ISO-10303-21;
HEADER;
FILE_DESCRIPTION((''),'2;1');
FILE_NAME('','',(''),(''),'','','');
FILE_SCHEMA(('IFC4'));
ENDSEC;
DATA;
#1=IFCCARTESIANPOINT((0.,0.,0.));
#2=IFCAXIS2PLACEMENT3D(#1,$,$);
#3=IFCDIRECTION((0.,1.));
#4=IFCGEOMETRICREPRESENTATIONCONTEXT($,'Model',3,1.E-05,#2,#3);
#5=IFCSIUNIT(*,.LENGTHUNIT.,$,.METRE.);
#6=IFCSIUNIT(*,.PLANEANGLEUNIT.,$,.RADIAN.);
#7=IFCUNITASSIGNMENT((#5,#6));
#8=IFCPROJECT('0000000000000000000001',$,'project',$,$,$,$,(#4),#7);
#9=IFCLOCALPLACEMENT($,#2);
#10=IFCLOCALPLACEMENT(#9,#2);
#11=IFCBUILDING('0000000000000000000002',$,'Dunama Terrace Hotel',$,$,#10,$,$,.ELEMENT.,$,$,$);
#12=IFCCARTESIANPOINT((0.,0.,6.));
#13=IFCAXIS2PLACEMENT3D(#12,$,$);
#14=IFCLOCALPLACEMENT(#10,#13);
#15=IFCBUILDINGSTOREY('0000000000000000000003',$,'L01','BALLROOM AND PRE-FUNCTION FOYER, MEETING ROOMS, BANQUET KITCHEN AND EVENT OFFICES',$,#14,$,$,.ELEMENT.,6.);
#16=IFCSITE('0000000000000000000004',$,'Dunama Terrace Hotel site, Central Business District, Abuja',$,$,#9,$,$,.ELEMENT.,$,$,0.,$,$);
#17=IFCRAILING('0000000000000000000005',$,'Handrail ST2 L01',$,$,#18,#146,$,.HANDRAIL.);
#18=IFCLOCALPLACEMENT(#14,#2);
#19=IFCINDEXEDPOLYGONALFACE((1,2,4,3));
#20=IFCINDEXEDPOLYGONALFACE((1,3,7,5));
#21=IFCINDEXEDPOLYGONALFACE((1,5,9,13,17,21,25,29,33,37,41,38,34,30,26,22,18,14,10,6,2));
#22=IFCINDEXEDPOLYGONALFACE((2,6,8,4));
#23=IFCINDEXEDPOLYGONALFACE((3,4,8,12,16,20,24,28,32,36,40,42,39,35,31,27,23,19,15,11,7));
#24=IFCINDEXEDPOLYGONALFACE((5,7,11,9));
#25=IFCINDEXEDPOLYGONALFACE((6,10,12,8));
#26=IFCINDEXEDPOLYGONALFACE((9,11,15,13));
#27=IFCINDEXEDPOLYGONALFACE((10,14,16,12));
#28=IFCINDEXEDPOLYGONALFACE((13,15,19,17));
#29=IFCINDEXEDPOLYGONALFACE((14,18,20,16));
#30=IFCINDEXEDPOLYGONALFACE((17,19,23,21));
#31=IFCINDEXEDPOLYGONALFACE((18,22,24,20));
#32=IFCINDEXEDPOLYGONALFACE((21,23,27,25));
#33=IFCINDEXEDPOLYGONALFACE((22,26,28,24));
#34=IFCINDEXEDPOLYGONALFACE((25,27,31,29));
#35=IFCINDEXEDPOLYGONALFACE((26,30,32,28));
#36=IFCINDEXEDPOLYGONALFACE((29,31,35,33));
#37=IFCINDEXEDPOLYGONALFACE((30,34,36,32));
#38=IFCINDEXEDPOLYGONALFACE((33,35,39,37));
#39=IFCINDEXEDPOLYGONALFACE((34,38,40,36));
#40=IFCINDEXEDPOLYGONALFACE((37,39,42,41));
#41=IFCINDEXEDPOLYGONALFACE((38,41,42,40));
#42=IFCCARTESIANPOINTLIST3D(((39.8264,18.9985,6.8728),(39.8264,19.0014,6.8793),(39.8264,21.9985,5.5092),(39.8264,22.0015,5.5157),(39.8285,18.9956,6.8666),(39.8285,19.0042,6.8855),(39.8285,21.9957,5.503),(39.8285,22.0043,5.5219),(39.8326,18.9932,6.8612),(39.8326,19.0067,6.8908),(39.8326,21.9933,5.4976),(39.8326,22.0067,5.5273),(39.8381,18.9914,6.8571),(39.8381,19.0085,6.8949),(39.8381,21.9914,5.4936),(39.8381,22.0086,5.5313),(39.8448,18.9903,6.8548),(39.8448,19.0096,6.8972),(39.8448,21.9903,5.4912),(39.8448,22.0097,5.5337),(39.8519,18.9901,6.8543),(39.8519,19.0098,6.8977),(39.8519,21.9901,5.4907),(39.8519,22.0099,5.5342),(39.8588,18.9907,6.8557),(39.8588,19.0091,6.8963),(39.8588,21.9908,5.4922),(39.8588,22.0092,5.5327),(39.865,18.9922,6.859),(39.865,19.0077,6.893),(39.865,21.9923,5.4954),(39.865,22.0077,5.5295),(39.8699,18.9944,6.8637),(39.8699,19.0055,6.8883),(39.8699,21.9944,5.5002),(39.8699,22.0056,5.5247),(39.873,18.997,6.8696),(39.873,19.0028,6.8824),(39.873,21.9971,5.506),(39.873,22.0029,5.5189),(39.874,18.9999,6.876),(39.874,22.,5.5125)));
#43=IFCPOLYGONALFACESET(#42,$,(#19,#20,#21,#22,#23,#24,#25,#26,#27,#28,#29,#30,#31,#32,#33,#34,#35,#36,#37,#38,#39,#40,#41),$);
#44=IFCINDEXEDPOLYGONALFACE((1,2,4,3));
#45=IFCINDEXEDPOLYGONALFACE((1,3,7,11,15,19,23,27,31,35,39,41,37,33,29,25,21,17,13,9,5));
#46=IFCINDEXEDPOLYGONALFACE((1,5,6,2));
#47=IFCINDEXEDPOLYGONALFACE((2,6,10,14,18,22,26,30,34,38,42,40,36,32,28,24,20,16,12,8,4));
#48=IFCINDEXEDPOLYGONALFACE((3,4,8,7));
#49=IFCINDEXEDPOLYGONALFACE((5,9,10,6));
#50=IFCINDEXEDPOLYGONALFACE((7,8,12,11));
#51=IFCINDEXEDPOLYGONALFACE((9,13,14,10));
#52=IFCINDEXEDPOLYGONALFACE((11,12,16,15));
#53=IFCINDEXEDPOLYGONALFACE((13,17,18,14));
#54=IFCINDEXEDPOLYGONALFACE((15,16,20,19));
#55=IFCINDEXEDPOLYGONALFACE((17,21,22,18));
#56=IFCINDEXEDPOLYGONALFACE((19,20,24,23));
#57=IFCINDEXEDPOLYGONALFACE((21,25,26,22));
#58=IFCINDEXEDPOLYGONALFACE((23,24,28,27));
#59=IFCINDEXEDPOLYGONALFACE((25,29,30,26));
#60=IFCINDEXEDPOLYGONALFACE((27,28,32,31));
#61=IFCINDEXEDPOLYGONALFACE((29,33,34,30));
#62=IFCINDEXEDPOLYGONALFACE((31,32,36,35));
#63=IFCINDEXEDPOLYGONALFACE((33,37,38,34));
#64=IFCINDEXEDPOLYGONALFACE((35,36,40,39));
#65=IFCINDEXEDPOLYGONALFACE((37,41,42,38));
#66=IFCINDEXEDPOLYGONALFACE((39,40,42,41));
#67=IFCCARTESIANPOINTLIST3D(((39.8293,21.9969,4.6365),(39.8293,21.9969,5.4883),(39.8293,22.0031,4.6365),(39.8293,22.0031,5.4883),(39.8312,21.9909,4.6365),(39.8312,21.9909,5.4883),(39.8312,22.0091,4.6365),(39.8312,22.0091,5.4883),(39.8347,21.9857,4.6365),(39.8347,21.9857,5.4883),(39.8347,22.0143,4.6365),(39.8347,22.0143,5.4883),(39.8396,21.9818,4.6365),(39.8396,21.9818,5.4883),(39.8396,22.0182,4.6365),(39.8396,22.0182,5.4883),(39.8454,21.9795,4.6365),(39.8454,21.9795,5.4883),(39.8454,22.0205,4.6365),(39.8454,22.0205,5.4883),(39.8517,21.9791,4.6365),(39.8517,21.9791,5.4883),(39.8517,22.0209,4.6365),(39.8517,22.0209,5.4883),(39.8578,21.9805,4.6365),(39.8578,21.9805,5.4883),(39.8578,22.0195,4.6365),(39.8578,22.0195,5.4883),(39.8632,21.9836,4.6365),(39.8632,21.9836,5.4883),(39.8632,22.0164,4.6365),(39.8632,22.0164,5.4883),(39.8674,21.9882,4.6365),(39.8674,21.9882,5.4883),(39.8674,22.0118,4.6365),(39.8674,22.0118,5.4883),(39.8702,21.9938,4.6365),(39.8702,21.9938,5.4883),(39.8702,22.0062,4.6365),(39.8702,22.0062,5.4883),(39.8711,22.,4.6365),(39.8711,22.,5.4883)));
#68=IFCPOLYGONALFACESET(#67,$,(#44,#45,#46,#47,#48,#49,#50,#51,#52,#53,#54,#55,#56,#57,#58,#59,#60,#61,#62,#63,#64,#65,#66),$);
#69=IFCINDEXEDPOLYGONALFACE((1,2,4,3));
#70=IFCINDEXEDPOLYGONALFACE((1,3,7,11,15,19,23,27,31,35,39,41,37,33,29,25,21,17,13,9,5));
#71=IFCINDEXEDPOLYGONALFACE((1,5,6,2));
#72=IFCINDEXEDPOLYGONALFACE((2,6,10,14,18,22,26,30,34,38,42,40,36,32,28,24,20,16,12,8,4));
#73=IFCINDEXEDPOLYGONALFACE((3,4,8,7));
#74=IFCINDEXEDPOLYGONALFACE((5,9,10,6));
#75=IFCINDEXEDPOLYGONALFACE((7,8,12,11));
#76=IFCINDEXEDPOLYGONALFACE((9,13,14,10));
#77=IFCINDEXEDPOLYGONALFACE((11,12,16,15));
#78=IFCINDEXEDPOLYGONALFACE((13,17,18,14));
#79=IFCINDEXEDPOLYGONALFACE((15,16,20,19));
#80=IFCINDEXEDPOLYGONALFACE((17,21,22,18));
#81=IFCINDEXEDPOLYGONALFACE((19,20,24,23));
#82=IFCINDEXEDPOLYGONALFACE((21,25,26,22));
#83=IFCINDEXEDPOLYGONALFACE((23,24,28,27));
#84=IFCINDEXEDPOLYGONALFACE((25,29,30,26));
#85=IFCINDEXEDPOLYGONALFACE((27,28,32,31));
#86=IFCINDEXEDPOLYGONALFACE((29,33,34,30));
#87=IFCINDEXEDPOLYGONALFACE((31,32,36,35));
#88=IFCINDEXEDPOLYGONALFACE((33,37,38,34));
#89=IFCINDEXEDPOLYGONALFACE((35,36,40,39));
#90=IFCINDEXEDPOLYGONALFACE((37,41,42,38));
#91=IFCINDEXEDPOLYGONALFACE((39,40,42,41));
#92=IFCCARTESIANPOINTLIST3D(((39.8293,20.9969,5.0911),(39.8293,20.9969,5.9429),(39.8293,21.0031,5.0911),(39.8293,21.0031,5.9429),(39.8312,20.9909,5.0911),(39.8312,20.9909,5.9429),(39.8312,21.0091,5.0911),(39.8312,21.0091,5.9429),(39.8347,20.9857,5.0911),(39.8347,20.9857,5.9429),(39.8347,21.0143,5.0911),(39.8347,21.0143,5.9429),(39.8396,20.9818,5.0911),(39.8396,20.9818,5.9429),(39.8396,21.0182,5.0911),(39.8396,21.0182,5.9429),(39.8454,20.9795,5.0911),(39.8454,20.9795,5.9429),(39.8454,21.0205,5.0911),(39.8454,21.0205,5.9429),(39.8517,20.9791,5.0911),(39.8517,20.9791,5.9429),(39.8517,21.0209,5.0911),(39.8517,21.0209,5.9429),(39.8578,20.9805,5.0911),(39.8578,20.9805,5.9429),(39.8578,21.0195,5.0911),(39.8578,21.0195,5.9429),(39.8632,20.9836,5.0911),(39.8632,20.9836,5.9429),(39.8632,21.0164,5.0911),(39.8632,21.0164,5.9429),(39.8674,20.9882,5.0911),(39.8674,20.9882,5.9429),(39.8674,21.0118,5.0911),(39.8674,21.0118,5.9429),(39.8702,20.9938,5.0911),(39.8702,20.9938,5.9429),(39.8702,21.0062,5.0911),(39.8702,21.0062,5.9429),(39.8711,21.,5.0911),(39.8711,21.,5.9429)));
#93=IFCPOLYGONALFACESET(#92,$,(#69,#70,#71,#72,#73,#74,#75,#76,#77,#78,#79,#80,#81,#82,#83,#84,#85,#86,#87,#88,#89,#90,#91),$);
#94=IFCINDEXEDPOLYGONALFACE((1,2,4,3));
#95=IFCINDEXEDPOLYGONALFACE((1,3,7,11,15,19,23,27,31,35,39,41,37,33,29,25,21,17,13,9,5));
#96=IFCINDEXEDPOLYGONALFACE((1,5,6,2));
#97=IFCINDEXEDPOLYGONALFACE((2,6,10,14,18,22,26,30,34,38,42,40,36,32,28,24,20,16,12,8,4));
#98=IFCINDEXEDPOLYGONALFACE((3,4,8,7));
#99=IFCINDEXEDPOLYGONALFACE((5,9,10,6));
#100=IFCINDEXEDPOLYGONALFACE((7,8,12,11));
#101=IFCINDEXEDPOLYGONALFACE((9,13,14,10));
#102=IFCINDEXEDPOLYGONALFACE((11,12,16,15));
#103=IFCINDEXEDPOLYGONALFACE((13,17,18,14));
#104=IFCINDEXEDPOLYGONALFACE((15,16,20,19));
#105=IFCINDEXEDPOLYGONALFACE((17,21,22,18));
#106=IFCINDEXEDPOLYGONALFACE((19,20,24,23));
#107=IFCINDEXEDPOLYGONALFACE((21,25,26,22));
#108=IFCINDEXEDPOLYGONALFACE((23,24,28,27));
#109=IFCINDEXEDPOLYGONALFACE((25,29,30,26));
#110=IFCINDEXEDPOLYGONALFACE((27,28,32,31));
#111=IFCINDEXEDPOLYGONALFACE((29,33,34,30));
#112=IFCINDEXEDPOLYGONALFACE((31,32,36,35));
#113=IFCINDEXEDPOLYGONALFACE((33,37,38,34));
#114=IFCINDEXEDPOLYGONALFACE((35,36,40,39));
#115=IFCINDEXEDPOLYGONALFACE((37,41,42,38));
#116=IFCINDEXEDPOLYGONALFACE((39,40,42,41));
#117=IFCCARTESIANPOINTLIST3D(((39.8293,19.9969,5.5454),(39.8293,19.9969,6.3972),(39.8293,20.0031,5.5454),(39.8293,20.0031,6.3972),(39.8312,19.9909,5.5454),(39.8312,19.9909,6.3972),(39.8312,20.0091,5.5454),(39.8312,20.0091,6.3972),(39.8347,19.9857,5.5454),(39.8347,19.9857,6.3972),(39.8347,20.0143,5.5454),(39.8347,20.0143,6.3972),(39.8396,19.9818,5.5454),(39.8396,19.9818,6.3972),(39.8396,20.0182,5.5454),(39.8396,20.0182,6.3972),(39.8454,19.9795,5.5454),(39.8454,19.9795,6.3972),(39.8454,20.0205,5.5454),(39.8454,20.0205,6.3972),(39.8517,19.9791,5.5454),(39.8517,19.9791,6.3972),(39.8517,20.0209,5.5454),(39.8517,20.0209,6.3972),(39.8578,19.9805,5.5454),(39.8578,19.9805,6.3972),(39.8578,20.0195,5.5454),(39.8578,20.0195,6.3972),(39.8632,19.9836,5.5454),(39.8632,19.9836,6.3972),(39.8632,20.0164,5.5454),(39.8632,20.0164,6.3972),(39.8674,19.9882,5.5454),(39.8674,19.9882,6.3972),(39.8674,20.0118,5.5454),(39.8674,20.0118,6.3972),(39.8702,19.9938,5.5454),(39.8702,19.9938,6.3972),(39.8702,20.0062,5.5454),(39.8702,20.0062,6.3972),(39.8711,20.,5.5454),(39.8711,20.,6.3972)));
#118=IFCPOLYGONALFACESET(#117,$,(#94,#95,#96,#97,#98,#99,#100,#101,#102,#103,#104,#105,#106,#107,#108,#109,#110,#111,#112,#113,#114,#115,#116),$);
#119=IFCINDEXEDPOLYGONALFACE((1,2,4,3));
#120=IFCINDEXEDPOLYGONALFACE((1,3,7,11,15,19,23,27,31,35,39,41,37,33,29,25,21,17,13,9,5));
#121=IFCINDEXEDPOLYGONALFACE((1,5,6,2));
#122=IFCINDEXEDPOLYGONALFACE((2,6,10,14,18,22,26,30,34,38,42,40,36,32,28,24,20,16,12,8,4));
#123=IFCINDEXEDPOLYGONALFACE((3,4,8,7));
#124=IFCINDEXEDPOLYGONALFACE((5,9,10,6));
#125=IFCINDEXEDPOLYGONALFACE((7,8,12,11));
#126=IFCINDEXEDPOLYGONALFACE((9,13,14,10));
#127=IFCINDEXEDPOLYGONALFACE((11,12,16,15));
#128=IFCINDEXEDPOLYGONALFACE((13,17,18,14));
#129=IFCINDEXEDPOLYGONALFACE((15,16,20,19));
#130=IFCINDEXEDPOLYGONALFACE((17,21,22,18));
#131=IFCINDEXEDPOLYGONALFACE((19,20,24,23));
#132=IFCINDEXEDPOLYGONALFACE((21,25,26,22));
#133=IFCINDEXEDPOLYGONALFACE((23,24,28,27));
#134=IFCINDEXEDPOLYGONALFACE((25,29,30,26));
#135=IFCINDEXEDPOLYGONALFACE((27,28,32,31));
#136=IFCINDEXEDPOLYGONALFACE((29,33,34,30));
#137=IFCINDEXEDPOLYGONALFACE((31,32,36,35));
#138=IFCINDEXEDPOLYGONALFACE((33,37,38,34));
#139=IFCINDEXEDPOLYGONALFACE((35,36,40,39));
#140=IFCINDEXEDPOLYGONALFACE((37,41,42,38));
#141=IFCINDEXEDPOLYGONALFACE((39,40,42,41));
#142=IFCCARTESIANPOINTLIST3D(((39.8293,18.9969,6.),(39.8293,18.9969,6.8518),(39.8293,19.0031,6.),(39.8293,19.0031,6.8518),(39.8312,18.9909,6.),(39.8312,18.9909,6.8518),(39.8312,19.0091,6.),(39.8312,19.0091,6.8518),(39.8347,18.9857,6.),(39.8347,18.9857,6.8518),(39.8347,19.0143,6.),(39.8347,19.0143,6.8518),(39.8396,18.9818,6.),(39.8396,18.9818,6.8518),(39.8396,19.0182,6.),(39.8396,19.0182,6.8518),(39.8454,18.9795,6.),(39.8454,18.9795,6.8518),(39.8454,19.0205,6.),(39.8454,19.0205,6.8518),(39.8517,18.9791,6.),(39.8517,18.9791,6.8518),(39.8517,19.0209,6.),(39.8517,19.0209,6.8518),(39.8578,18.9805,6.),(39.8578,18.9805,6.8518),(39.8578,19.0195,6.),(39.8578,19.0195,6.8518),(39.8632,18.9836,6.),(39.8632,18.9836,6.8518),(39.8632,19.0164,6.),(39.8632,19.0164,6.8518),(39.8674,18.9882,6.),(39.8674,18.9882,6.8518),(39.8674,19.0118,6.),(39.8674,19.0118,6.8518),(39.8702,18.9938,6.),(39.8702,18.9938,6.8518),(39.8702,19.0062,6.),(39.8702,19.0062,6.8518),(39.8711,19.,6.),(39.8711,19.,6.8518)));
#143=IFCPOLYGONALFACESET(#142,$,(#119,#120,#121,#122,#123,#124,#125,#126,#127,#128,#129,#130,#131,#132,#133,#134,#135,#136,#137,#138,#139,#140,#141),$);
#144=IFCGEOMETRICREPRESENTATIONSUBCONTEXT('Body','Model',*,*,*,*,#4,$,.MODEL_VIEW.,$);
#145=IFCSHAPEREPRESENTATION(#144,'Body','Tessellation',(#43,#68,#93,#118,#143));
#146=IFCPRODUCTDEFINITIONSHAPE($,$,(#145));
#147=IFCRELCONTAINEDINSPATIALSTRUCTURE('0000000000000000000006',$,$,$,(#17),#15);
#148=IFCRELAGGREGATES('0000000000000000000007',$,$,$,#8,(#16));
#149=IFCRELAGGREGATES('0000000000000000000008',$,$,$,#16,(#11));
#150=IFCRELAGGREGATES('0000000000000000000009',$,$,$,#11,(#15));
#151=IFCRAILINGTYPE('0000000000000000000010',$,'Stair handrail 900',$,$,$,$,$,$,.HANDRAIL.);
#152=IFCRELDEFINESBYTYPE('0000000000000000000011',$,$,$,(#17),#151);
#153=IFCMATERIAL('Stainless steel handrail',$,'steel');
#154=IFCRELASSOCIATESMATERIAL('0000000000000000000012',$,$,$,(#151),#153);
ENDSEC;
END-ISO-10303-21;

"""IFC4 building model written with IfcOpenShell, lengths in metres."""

from ifc_helpers import new_model, si_unit, direction, frame, origin, origin_2d, place, context, subcontext, project, spatial, circle, extrude, material, type_object, element, save


model = new_model("IFC4")

# Units and contexts
model_context = context("Model", 3, precision=1e-05, world=origin(), true_north=direction((0.0, 1.0)))
body_context = subcontext(model_context, "Body", "Model", "MODEL_VIEW")
ifc_project = project(units=[si_unit("LENGTHUNIT", "METRE"), si_unit("PLANEANGLEUNIT", "RADIAN")], contexts=[model_context])

# Site, building, storey
site_placement = place(None, origin())
site = spatial("IfcSite", under=ifc_project, at=site_placement, Name="Dunama Terrace Hotel site, Central Business District, Abuja", CompositionType="ELEMENT", RefElevation=0.0)
building_placement = place(site_placement, origin())
building = spatial("IfcBuilding", under=site, at=building_placement, Name="Dunama Terrace Hotel", CompositionType="ELEMENT")
storey_placement = place(building_placement, frame((0.0, 0.0, 6.0)))
storey = spatial("IfcBuildingStorey", under=building, at=storey_placement, Name="L01", Description="BALLROOM AND PRE-FUNCTION FOYER, MEETING ROOMS, BANQUET KITCHEN AND EVENT OFFICES", CompositionType="ELEMENT", Elevation=6.0)

# Railing
ifc_material_1 = material(Name="Stainless steel handrail", Category="steel")
railing_type = type_object("IfcRailingType", Name="Stair handrail 900", PredefinedType="HANDRAIL", material=ifc_material_1)
for number, where, name in (
    (1, (39.8501, 22.0, 4.6365), "Handrail ST2 L01"),
):
    element("IfcRailing", number, at=place(storey_placement, frame(where)), inside=storey, type_object=railing_type, Name=name, PredefinedType="HANDRAIL", context=body_context, shape_type="SweptSolid", body=[
        extrude(circle(Radius=0.0239, at=origin_2d()), frame((0.0, 0.0, 0.876), z_axis=(0.0, -0.910379, 0.413775), x_axis=(1.0, 0.0, 0.0)), (0.0, 0.0, 1.0), 3.2954),
        extrude(circle(Radius=0.021, at=origin_2d()), origin(), (0.0, 0.0, 1.0), 0.8518),
        extrude(circle(Radius=0.021, at=origin_2d()), frame((0.0, -1.0, 0.4546)), (0.0, 0.0, 1.0), 0.8518),
        extrude(circle(Radius=0.021, at=origin_2d()), frame((0.0, -2.0, 0.9089)), (0.0, 0.0, 1.0), 0.8518),
        extrude(circle(Radius=0.021, at=origin_2d()), frame((0.0, -3.0, 1.3635)), (0.0, 0.0, 1.0), 0.8518),
    ])

save(model, "model.ifc")
